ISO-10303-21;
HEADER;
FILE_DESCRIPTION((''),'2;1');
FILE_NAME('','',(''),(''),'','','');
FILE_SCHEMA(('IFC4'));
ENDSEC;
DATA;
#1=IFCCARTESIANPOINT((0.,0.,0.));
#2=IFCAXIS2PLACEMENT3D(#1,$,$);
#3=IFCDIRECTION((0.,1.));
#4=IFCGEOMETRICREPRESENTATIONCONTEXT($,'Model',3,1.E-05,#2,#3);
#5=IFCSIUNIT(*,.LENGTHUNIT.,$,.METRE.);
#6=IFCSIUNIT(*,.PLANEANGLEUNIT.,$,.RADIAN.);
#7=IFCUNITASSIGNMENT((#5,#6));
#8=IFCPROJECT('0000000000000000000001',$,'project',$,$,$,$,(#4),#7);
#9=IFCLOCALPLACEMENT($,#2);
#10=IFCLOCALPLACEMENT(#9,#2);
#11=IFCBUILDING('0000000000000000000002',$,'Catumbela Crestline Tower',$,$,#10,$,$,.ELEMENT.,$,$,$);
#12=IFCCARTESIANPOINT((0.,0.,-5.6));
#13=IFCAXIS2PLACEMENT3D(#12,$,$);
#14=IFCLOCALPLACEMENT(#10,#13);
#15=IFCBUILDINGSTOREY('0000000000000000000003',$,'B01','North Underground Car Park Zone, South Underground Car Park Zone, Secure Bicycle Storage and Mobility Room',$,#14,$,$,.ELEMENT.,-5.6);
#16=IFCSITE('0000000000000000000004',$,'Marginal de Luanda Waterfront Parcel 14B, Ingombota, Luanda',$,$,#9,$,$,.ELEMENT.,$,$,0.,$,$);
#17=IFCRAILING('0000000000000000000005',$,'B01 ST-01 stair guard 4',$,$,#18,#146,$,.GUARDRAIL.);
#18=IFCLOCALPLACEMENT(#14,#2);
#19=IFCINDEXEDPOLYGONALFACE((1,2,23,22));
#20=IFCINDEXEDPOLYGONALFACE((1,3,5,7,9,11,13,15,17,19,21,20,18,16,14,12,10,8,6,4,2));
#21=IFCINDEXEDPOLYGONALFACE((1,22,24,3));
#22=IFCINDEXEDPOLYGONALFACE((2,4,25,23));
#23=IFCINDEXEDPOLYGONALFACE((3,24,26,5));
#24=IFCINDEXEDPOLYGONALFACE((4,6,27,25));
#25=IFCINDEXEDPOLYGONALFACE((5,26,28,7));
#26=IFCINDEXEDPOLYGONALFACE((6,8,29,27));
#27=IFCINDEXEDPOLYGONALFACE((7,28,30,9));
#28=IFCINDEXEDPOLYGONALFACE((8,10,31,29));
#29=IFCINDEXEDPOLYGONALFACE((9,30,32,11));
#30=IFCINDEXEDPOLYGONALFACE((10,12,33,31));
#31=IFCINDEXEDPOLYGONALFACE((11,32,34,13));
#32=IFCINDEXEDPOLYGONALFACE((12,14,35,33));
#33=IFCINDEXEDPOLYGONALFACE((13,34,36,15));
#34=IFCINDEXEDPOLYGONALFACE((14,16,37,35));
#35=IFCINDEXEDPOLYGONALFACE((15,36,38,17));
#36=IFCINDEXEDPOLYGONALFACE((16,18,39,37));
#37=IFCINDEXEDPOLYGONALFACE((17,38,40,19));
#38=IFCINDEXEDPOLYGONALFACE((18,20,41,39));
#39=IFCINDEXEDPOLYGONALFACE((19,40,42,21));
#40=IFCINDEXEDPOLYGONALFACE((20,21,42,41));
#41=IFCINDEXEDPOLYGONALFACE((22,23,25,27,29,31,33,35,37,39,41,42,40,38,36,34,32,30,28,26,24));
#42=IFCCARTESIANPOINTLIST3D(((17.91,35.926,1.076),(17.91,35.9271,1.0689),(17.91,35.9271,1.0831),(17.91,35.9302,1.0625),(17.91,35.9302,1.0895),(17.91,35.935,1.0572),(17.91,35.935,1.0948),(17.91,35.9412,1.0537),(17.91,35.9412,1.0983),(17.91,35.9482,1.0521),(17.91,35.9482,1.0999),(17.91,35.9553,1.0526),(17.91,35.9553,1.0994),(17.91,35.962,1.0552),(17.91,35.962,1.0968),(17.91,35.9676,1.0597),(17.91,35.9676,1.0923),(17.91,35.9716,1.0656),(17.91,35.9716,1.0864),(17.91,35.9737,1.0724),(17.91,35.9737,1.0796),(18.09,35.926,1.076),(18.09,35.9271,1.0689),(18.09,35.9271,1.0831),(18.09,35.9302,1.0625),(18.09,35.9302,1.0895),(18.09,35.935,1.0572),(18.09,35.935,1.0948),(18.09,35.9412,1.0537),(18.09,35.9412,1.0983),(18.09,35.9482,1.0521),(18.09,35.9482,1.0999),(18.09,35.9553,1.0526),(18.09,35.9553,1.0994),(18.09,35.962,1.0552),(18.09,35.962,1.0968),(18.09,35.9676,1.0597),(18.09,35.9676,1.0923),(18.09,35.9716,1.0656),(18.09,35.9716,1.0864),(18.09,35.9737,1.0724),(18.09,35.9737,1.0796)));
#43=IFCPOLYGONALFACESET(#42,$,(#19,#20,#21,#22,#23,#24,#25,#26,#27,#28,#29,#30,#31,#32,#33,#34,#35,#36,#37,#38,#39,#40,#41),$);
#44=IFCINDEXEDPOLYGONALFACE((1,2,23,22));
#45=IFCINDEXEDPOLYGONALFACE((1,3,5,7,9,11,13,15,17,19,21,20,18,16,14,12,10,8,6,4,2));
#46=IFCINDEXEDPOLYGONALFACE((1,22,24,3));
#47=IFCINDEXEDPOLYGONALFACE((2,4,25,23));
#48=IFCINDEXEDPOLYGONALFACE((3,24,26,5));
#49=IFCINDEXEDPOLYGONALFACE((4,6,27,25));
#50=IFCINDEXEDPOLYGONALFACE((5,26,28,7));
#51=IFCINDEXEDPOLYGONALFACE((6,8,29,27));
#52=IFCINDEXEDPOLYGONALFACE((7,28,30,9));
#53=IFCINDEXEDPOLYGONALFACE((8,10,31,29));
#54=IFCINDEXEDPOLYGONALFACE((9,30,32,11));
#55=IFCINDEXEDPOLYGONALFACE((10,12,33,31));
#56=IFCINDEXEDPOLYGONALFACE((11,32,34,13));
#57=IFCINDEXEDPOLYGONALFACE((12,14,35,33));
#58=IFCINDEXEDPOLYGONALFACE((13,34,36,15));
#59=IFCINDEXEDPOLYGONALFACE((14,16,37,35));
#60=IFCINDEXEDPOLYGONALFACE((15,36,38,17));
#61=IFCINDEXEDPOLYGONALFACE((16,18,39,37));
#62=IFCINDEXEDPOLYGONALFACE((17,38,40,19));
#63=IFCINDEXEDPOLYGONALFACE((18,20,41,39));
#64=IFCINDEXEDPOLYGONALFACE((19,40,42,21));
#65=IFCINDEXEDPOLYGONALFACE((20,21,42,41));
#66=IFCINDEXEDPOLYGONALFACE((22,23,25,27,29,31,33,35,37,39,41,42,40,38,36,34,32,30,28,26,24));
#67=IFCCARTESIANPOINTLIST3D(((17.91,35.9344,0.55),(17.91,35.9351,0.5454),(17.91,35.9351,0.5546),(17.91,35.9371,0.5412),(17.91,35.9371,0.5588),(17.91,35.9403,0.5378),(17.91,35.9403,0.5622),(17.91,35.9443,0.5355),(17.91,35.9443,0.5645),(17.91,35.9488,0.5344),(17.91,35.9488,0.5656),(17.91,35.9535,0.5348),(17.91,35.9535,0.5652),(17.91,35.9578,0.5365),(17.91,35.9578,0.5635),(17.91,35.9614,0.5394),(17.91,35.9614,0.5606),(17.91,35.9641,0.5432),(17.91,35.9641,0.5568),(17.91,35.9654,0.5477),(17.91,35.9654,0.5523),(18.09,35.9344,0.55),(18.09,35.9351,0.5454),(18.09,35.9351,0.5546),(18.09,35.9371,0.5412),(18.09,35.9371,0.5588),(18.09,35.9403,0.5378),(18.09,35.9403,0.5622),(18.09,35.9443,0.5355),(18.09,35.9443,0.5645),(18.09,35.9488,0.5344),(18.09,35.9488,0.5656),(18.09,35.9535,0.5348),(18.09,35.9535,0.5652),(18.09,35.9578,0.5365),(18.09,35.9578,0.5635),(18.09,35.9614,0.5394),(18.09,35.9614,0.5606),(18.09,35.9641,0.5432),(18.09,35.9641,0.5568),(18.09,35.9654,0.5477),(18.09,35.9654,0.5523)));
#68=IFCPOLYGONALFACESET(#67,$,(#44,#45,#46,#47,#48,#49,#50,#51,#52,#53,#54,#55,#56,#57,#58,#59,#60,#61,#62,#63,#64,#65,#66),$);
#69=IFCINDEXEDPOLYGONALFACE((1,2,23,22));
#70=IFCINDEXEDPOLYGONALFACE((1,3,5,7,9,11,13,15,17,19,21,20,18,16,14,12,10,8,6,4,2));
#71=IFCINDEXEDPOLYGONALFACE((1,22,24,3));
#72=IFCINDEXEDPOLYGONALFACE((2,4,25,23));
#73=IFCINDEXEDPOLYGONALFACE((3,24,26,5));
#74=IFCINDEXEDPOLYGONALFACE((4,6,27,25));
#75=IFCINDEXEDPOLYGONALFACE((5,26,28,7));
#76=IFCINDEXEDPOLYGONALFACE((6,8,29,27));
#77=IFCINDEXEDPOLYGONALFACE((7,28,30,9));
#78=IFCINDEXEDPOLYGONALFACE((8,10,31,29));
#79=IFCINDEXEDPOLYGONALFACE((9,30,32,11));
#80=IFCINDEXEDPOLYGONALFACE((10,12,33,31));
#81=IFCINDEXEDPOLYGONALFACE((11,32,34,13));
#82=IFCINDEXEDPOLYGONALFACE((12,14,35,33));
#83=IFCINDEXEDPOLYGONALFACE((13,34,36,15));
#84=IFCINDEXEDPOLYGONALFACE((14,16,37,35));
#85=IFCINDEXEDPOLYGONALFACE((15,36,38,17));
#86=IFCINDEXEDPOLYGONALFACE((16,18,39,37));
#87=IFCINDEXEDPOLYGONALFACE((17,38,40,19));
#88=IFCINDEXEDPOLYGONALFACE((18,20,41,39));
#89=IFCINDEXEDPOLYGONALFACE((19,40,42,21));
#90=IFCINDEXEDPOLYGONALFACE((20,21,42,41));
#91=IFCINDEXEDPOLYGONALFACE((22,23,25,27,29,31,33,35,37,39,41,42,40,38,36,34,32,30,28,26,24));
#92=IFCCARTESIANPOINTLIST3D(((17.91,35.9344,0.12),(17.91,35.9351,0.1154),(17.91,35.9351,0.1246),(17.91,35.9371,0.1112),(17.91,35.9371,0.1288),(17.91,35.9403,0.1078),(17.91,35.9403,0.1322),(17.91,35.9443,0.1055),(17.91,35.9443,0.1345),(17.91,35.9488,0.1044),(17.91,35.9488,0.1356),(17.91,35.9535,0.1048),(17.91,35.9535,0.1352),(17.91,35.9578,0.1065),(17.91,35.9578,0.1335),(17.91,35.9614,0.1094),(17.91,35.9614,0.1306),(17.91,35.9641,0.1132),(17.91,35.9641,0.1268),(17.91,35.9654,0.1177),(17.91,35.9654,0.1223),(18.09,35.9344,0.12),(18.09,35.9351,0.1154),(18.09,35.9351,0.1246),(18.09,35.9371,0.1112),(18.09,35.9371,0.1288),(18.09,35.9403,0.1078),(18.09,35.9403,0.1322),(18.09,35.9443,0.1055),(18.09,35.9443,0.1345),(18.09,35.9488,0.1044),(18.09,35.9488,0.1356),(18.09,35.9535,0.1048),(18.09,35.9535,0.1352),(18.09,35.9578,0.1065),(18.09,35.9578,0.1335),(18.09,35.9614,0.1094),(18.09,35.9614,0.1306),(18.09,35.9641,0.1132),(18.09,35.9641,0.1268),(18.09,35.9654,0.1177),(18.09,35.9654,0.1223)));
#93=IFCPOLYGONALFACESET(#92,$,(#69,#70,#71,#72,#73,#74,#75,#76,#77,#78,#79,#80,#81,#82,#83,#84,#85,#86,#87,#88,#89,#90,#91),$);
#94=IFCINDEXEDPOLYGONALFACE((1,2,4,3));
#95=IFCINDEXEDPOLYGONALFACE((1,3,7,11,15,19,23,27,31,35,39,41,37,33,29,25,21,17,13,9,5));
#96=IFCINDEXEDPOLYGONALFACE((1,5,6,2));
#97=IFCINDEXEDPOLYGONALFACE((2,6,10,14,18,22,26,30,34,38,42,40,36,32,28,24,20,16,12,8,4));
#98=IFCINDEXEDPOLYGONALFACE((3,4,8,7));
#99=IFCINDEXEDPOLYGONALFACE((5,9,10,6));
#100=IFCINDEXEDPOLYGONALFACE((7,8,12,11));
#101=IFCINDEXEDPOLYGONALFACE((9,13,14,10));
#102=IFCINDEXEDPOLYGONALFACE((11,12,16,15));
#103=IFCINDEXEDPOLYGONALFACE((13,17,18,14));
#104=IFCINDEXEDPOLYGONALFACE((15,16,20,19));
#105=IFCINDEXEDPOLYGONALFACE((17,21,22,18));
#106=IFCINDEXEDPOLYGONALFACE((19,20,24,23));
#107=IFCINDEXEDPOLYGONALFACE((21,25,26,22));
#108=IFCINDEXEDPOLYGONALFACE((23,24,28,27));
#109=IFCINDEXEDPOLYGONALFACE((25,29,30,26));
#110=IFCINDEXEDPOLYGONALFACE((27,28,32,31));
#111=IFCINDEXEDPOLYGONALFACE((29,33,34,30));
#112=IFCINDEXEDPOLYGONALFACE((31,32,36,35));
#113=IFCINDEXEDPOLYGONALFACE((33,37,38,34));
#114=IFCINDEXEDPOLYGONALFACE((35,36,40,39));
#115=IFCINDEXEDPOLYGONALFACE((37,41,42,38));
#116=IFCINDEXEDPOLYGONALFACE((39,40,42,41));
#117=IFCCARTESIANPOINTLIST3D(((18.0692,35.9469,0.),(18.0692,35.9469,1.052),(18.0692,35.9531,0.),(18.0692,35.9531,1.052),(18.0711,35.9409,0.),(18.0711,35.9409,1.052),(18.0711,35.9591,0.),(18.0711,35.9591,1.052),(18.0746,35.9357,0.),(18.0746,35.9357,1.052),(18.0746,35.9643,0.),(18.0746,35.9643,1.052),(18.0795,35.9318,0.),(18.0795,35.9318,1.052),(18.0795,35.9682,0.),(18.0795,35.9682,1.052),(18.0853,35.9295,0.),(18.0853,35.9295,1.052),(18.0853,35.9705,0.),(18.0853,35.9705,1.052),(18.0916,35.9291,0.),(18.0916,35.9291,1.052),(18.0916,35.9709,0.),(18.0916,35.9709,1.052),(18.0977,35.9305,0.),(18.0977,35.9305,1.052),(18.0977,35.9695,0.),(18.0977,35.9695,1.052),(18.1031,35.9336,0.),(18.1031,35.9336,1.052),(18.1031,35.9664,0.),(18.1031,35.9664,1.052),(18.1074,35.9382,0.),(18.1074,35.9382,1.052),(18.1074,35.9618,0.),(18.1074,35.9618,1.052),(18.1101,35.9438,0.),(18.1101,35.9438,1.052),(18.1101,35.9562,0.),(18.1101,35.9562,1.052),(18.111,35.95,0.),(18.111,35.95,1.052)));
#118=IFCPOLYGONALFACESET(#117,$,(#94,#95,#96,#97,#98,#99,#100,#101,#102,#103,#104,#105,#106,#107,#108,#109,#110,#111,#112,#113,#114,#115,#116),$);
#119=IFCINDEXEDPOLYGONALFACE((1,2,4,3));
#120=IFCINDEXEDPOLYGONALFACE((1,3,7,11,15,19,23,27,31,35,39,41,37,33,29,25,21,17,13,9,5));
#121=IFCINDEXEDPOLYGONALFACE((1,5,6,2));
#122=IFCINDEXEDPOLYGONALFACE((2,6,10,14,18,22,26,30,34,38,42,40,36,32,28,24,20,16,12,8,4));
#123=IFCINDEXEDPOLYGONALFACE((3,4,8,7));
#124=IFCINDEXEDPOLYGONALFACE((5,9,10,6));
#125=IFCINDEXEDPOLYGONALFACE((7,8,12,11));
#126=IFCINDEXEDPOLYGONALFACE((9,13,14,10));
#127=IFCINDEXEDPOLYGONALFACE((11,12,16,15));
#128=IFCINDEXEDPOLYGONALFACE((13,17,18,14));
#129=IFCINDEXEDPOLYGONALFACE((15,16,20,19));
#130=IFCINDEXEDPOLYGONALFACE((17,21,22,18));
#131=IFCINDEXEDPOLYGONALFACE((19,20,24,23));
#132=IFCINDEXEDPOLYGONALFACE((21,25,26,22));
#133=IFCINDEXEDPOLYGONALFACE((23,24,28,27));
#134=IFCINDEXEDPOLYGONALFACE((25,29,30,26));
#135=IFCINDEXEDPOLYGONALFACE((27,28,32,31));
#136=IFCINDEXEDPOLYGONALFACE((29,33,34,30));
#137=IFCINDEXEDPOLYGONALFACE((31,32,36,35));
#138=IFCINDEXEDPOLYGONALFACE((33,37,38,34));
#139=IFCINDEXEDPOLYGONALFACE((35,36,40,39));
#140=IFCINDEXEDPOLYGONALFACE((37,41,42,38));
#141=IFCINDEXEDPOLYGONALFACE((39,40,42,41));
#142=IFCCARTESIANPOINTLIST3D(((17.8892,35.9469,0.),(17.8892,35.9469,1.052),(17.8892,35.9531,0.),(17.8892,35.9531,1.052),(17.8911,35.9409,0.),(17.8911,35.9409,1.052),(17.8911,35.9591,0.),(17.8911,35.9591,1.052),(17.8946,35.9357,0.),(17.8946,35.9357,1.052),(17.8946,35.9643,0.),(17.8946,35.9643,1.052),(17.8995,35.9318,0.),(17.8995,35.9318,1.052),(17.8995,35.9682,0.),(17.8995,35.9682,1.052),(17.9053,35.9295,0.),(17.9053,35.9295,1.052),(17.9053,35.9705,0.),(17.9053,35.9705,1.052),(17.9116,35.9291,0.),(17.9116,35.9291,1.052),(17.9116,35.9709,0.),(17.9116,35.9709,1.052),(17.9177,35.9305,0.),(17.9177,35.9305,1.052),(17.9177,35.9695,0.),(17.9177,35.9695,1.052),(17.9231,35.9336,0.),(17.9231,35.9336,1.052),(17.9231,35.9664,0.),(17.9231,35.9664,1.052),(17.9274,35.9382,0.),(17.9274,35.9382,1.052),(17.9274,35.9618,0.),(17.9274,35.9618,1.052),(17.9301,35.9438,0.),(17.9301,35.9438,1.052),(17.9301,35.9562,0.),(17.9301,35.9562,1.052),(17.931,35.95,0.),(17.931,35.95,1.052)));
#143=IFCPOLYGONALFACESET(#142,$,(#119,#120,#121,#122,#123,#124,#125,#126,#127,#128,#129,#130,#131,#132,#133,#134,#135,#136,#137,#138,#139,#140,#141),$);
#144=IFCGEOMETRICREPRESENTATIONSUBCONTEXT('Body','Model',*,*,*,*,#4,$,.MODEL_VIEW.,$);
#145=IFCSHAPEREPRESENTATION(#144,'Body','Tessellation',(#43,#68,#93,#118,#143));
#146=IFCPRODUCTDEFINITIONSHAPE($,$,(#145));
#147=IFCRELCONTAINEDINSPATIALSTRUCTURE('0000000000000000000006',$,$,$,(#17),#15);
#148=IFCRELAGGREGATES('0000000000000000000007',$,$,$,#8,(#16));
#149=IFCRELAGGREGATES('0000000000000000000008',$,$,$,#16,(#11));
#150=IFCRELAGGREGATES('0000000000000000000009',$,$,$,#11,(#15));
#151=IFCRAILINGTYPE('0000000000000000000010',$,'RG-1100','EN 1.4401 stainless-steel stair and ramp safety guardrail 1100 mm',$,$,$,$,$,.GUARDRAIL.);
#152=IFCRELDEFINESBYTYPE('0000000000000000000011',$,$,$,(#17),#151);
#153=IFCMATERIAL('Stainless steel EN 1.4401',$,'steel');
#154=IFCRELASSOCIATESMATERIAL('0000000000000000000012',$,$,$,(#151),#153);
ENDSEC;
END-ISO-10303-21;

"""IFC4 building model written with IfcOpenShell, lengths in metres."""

from ifc_helpers import new_model, si_unit, direction, frame, origin, origin_2d, place, context, subcontext, project, spatial, circle, extrude, material, type_object, element, save


model = new_model("IFC4")

# Units and contexts
model_context = context("Model", 3, precision=1e-05, world=origin(), true_north=direction((0.0, 1.0)))
body_context = subcontext(model_context, "Body", "Model", "MODEL_VIEW")
ifc_project = project(units=[si_unit("LENGTHUNIT", "METRE"), si_unit("PLANEANGLEUNIT", "RADIAN")], contexts=[model_context])

# Site, building, storey
site_placement = place(None, origin())
site = spatial("IfcSite", under=ifc_project, at=site_placement, Name="Marginal de Luanda Waterfront Parcel 14B, Ingombota, Luanda", CompositionType="ELEMENT", RefElevation=0.0)
building_placement = place(site_placement, origin())
building = spatial("IfcBuilding", under=site, at=building_placement, Name="Catumbela Crestline Tower", CompositionType="ELEMENT")
storey_placement = place(building_placement, frame((0.0, 0.0, -5.6)))
storey = spatial("IfcBuildingStorey", under=building, at=storey_placement, Name="B01", Description="North Underground Car Park Zone, South Underground Car Park Zone, Secure Bicycle Storage and Mobility Room", CompositionType="ELEMENT", Elevation=-5.6)

# Shared definitions
ifc_material_1 = material(Name="Stainless steel EN 1.4401", Category="steel")

# Railing
railing_type = type_object("IfcRailingType", Name="RG-1100", Description="EN 1.4401 stainless-steel stair and ramp safety guardrail 1100 mm", PredefinedType="GUARDRAIL", material=ifc_material_1)
railing_1_placement = place(storey_placement, frame((18.09, 35.95, 0.0)))
element("IfcRailing", 1, at=railing_1_placement, inside=storey, type_object=railing_type, Name="B01 ST-01 stair guard 4", PredefinedType="GUARDRAIL", context=body_context, shape_type="SweptSolid", body=[
    extrude(circle(Radius=0.024, at=origin_2d()), frame((0.0, 0.0, 1.076), z_axis=(-1.0, 0.0, 0.0), x_axis=(0.0, -1.0, 0.0)), (0.0, 0.0, 1.0), 0.18),
    extrude(circle(Radius=0.0156, at=origin_2d()), frame((0.0, 0.0, 0.55), z_axis=(-1.0, 0.0, 0.0), x_axis=(0.0, -1.0, 0.0)), (0.0, 0.0, 1.0), 0.18),
    extrude(circle(Radius=0.0156, at=origin_2d()), frame((0.0, 0.0, 0.12), z_axis=(-1.0, 0.0, 0.0), x_axis=(0.0, -1.0, 0.0)), (0.0, 0.0, 1.0), 0.18),
    extrude(circle(Radius=0.021, at=origin_2d()), origin(), (0.0, 0.0, 1.0), 1.052),
    extrude(circle(Radius=0.021, at=origin_2d()), frame((-0.18, 0.0, 0.0)), (0.0, 0.0, 1.0), 1.052),
])

save(model, "model.ifc")
